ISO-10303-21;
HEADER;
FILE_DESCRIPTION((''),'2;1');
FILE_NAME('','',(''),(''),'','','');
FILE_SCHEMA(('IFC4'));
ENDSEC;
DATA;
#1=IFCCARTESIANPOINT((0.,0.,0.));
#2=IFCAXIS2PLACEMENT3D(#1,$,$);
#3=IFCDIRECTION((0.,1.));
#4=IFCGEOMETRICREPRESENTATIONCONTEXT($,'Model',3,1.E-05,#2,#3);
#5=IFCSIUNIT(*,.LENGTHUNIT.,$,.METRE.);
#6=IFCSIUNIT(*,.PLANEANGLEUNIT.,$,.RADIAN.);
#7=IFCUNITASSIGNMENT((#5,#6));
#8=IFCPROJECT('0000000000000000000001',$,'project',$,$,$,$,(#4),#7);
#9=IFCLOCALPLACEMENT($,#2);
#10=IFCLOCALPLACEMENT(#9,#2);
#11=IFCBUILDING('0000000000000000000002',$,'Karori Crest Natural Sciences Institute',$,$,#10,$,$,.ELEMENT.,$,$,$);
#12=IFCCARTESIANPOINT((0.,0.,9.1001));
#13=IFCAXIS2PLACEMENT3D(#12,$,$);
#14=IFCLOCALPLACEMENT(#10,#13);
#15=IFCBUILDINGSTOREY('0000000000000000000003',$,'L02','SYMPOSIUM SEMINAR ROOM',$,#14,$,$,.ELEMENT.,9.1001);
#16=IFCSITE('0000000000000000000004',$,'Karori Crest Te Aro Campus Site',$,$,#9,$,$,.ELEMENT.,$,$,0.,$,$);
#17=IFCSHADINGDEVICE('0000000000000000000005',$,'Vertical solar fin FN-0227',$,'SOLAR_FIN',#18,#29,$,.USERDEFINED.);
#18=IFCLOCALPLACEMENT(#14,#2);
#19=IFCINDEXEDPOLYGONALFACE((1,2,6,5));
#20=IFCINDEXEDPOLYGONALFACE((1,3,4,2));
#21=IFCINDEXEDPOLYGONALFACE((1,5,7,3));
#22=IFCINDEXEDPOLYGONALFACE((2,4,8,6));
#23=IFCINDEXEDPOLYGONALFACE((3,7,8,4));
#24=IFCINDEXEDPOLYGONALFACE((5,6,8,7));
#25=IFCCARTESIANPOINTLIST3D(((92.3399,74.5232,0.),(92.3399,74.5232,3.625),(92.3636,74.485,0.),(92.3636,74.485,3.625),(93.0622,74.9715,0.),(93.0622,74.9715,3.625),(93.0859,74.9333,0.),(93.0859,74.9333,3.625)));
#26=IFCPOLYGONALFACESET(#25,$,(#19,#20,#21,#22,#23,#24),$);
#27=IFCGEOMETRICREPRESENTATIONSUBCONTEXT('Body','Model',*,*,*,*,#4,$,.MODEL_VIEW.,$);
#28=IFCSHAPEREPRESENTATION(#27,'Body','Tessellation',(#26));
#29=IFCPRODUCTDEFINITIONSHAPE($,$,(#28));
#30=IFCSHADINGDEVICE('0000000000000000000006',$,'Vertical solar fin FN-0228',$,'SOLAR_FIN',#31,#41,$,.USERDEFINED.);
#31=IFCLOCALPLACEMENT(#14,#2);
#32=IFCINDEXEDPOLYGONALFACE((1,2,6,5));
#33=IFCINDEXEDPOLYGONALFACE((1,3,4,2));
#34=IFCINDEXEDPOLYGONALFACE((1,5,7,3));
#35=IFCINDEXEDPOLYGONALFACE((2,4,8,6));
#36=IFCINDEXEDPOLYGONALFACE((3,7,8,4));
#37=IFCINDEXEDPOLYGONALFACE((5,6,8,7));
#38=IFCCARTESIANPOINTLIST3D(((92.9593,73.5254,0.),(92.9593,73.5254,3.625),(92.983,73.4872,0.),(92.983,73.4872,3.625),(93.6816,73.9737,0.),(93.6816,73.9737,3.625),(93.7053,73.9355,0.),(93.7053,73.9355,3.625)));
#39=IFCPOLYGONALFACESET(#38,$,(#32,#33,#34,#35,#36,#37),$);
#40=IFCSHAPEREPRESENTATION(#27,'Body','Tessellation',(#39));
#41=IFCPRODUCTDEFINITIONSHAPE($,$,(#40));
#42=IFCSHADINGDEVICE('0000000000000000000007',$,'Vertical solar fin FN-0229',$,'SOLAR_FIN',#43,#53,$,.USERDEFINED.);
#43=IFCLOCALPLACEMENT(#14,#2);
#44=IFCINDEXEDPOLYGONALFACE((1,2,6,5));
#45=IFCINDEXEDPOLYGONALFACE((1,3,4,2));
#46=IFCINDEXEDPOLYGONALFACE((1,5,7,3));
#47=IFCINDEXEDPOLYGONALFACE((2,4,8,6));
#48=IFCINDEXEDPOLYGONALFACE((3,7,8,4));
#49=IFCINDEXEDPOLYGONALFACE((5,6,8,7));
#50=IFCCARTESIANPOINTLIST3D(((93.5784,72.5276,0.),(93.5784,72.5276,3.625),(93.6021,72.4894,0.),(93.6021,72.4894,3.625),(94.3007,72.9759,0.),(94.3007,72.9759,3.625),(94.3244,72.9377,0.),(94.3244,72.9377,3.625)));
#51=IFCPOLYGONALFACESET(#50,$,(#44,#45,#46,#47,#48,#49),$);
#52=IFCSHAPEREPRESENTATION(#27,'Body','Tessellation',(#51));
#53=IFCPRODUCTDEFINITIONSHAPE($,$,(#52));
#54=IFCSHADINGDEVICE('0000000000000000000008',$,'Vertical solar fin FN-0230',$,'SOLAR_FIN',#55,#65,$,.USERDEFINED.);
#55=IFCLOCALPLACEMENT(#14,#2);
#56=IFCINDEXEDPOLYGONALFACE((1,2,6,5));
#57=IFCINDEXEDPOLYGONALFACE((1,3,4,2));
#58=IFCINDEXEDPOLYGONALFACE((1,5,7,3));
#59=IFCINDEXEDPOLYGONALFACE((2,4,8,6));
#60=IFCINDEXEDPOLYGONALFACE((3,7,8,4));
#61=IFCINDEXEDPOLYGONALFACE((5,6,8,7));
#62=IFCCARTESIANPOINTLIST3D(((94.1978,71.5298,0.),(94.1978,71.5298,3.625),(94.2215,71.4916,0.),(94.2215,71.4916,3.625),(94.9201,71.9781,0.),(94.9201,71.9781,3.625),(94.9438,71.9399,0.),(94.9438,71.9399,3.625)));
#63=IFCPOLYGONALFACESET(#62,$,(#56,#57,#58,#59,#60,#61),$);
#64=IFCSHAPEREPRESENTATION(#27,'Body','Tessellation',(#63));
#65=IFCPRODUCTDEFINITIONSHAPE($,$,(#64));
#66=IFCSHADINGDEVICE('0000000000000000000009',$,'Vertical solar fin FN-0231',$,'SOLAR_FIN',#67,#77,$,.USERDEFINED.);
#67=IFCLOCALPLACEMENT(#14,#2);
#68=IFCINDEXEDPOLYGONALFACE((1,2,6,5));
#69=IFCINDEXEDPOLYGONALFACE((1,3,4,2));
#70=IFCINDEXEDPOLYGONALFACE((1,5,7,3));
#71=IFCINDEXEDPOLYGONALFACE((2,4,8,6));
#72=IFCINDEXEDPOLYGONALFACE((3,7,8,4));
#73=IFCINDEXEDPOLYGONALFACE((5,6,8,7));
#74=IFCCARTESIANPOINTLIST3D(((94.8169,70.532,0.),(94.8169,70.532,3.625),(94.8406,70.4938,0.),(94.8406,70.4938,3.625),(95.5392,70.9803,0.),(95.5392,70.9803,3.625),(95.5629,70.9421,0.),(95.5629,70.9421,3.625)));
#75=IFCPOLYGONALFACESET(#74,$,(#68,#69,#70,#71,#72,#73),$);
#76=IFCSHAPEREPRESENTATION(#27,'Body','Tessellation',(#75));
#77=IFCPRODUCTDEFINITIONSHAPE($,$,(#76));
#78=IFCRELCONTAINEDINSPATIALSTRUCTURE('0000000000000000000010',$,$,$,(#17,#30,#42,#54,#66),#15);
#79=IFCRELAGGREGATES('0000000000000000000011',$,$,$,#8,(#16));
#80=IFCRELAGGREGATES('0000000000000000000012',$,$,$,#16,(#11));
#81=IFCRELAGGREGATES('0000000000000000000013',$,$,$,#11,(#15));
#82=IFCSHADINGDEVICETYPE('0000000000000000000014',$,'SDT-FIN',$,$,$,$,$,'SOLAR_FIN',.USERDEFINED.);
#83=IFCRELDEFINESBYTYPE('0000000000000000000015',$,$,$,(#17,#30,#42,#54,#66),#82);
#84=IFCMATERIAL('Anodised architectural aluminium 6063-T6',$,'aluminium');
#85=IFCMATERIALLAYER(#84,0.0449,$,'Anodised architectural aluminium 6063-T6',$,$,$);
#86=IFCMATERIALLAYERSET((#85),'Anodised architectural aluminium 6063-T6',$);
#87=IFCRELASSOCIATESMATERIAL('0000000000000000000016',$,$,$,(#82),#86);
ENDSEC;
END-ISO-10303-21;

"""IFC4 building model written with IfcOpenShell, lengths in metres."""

from ifc_helpers import new_model, si_unit, direction, frame, origin, origin_2d, place, context, subcontext, project, spatial, rectangle, extrude, material, layer, layer_set, type_object, element, save


model = new_model("IFC4")

# Units and contexts
model_context = context("Model", 3, precision=1e-05, world=origin(), true_north=direction((0.0, 1.0)))
body_context = subcontext(model_context, "Body", "Model", "MODEL_VIEW")
ifc_project = project(units=[si_unit("LENGTHUNIT", "METRE"), si_unit("PLANEANGLEUNIT", "RADIAN")], contexts=[model_context])

# Site, building, storey
site_placement = place(None, origin())
site = spatial("IfcSite", under=ifc_project, at=site_placement, Name="Karori Crest Te Aro Campus Site", CompositionType="ELEMENT", RefElevation=0.0)
building_placement = place(site_placement, origin())
building = spatial("IfcBuilding", under=site, at=building_placement, Name="Karori Crest Natural Sciences Institute", CompositionType="ELEMENT")
storey_placement = place(building_placement, frame((0.0, 0.0, 9.1001)))
storey = spatial("IfcBuildingStorey", under=building, at=storey_placement, Name="L02", Description="SYMPOSIUM SEMINAR ROOM", CompositionType="ELEMENT", Elevation=9.1001)

# Shared definitions
ifc_material_1 = material(Name="Anodised architectural aluminium 6063-T6", Category="aluminium")

# Shading devices
ifc_layer_1 = layer(ifc_material_1, 0.0449, Name="Anodised architectural aluminium 6063-T6")
ifc_layer_set_1 = layer_set([ifc_layer_1], Name="Anodised architectural aluminium 6063-T6")
shading_device_type = type_object("IfcShadingDeviceType", Name="SDT-FIN", ElementType="SOLAR_FIN", PredefinedType="USERDEFINED", material=ifc_layer_set_1)
for number, where, z_axis, x_axis, name in (
    (1, (92.7129, 74.7283, 0.0), (0.0, 0.0, 1.0), (0.849665, 0.527322, 0.0), "Vertical solar fin FN-0227"),
    (2, (93.3323, 73.7305, 0.0), (0.0, 0.0, 1.0), (0.849665, 0.527322, 0.0), "Vertical solar fin FN-0228"),
    (3, (93.9514, 72.7327, 0.0), (0.0, 0.0, 1.0), (0.849665, 0.527322, 0.0), "Vertical solar fin FN-0229"),
    (4, (94.5708, 71.7349, 0.0), (0.0, 0.0, 1.0), (0.849665, 0.527322, 0.0), "Vertical solar fin FN-0230"),
    (5, (95.1899, 70.7371, 0.0), (0.0, 0.0, 1.0), (0.849665, 0.527322, 0.0), "Vertical solar fin FN-0231"),
):
    element("IfcShadingDevice", number, at=place(storey_placement, frame(where, z_axis=z_axis, x_axis=x_axis)), inside=storey, type_object=shading_device_type, Name=name, ObjectType="SOLAR_FIN", PredefinedType="USERDEFINED", context=body_context, shape_type="SweptSolid", body=[
        extrude(rectangle(XDim=0.8501, YDim=0.0449, at=origin_2d()), origin(), (0.0, 0.0, 1.0), 3.625),
    ])

save(model, "model.ifc")
